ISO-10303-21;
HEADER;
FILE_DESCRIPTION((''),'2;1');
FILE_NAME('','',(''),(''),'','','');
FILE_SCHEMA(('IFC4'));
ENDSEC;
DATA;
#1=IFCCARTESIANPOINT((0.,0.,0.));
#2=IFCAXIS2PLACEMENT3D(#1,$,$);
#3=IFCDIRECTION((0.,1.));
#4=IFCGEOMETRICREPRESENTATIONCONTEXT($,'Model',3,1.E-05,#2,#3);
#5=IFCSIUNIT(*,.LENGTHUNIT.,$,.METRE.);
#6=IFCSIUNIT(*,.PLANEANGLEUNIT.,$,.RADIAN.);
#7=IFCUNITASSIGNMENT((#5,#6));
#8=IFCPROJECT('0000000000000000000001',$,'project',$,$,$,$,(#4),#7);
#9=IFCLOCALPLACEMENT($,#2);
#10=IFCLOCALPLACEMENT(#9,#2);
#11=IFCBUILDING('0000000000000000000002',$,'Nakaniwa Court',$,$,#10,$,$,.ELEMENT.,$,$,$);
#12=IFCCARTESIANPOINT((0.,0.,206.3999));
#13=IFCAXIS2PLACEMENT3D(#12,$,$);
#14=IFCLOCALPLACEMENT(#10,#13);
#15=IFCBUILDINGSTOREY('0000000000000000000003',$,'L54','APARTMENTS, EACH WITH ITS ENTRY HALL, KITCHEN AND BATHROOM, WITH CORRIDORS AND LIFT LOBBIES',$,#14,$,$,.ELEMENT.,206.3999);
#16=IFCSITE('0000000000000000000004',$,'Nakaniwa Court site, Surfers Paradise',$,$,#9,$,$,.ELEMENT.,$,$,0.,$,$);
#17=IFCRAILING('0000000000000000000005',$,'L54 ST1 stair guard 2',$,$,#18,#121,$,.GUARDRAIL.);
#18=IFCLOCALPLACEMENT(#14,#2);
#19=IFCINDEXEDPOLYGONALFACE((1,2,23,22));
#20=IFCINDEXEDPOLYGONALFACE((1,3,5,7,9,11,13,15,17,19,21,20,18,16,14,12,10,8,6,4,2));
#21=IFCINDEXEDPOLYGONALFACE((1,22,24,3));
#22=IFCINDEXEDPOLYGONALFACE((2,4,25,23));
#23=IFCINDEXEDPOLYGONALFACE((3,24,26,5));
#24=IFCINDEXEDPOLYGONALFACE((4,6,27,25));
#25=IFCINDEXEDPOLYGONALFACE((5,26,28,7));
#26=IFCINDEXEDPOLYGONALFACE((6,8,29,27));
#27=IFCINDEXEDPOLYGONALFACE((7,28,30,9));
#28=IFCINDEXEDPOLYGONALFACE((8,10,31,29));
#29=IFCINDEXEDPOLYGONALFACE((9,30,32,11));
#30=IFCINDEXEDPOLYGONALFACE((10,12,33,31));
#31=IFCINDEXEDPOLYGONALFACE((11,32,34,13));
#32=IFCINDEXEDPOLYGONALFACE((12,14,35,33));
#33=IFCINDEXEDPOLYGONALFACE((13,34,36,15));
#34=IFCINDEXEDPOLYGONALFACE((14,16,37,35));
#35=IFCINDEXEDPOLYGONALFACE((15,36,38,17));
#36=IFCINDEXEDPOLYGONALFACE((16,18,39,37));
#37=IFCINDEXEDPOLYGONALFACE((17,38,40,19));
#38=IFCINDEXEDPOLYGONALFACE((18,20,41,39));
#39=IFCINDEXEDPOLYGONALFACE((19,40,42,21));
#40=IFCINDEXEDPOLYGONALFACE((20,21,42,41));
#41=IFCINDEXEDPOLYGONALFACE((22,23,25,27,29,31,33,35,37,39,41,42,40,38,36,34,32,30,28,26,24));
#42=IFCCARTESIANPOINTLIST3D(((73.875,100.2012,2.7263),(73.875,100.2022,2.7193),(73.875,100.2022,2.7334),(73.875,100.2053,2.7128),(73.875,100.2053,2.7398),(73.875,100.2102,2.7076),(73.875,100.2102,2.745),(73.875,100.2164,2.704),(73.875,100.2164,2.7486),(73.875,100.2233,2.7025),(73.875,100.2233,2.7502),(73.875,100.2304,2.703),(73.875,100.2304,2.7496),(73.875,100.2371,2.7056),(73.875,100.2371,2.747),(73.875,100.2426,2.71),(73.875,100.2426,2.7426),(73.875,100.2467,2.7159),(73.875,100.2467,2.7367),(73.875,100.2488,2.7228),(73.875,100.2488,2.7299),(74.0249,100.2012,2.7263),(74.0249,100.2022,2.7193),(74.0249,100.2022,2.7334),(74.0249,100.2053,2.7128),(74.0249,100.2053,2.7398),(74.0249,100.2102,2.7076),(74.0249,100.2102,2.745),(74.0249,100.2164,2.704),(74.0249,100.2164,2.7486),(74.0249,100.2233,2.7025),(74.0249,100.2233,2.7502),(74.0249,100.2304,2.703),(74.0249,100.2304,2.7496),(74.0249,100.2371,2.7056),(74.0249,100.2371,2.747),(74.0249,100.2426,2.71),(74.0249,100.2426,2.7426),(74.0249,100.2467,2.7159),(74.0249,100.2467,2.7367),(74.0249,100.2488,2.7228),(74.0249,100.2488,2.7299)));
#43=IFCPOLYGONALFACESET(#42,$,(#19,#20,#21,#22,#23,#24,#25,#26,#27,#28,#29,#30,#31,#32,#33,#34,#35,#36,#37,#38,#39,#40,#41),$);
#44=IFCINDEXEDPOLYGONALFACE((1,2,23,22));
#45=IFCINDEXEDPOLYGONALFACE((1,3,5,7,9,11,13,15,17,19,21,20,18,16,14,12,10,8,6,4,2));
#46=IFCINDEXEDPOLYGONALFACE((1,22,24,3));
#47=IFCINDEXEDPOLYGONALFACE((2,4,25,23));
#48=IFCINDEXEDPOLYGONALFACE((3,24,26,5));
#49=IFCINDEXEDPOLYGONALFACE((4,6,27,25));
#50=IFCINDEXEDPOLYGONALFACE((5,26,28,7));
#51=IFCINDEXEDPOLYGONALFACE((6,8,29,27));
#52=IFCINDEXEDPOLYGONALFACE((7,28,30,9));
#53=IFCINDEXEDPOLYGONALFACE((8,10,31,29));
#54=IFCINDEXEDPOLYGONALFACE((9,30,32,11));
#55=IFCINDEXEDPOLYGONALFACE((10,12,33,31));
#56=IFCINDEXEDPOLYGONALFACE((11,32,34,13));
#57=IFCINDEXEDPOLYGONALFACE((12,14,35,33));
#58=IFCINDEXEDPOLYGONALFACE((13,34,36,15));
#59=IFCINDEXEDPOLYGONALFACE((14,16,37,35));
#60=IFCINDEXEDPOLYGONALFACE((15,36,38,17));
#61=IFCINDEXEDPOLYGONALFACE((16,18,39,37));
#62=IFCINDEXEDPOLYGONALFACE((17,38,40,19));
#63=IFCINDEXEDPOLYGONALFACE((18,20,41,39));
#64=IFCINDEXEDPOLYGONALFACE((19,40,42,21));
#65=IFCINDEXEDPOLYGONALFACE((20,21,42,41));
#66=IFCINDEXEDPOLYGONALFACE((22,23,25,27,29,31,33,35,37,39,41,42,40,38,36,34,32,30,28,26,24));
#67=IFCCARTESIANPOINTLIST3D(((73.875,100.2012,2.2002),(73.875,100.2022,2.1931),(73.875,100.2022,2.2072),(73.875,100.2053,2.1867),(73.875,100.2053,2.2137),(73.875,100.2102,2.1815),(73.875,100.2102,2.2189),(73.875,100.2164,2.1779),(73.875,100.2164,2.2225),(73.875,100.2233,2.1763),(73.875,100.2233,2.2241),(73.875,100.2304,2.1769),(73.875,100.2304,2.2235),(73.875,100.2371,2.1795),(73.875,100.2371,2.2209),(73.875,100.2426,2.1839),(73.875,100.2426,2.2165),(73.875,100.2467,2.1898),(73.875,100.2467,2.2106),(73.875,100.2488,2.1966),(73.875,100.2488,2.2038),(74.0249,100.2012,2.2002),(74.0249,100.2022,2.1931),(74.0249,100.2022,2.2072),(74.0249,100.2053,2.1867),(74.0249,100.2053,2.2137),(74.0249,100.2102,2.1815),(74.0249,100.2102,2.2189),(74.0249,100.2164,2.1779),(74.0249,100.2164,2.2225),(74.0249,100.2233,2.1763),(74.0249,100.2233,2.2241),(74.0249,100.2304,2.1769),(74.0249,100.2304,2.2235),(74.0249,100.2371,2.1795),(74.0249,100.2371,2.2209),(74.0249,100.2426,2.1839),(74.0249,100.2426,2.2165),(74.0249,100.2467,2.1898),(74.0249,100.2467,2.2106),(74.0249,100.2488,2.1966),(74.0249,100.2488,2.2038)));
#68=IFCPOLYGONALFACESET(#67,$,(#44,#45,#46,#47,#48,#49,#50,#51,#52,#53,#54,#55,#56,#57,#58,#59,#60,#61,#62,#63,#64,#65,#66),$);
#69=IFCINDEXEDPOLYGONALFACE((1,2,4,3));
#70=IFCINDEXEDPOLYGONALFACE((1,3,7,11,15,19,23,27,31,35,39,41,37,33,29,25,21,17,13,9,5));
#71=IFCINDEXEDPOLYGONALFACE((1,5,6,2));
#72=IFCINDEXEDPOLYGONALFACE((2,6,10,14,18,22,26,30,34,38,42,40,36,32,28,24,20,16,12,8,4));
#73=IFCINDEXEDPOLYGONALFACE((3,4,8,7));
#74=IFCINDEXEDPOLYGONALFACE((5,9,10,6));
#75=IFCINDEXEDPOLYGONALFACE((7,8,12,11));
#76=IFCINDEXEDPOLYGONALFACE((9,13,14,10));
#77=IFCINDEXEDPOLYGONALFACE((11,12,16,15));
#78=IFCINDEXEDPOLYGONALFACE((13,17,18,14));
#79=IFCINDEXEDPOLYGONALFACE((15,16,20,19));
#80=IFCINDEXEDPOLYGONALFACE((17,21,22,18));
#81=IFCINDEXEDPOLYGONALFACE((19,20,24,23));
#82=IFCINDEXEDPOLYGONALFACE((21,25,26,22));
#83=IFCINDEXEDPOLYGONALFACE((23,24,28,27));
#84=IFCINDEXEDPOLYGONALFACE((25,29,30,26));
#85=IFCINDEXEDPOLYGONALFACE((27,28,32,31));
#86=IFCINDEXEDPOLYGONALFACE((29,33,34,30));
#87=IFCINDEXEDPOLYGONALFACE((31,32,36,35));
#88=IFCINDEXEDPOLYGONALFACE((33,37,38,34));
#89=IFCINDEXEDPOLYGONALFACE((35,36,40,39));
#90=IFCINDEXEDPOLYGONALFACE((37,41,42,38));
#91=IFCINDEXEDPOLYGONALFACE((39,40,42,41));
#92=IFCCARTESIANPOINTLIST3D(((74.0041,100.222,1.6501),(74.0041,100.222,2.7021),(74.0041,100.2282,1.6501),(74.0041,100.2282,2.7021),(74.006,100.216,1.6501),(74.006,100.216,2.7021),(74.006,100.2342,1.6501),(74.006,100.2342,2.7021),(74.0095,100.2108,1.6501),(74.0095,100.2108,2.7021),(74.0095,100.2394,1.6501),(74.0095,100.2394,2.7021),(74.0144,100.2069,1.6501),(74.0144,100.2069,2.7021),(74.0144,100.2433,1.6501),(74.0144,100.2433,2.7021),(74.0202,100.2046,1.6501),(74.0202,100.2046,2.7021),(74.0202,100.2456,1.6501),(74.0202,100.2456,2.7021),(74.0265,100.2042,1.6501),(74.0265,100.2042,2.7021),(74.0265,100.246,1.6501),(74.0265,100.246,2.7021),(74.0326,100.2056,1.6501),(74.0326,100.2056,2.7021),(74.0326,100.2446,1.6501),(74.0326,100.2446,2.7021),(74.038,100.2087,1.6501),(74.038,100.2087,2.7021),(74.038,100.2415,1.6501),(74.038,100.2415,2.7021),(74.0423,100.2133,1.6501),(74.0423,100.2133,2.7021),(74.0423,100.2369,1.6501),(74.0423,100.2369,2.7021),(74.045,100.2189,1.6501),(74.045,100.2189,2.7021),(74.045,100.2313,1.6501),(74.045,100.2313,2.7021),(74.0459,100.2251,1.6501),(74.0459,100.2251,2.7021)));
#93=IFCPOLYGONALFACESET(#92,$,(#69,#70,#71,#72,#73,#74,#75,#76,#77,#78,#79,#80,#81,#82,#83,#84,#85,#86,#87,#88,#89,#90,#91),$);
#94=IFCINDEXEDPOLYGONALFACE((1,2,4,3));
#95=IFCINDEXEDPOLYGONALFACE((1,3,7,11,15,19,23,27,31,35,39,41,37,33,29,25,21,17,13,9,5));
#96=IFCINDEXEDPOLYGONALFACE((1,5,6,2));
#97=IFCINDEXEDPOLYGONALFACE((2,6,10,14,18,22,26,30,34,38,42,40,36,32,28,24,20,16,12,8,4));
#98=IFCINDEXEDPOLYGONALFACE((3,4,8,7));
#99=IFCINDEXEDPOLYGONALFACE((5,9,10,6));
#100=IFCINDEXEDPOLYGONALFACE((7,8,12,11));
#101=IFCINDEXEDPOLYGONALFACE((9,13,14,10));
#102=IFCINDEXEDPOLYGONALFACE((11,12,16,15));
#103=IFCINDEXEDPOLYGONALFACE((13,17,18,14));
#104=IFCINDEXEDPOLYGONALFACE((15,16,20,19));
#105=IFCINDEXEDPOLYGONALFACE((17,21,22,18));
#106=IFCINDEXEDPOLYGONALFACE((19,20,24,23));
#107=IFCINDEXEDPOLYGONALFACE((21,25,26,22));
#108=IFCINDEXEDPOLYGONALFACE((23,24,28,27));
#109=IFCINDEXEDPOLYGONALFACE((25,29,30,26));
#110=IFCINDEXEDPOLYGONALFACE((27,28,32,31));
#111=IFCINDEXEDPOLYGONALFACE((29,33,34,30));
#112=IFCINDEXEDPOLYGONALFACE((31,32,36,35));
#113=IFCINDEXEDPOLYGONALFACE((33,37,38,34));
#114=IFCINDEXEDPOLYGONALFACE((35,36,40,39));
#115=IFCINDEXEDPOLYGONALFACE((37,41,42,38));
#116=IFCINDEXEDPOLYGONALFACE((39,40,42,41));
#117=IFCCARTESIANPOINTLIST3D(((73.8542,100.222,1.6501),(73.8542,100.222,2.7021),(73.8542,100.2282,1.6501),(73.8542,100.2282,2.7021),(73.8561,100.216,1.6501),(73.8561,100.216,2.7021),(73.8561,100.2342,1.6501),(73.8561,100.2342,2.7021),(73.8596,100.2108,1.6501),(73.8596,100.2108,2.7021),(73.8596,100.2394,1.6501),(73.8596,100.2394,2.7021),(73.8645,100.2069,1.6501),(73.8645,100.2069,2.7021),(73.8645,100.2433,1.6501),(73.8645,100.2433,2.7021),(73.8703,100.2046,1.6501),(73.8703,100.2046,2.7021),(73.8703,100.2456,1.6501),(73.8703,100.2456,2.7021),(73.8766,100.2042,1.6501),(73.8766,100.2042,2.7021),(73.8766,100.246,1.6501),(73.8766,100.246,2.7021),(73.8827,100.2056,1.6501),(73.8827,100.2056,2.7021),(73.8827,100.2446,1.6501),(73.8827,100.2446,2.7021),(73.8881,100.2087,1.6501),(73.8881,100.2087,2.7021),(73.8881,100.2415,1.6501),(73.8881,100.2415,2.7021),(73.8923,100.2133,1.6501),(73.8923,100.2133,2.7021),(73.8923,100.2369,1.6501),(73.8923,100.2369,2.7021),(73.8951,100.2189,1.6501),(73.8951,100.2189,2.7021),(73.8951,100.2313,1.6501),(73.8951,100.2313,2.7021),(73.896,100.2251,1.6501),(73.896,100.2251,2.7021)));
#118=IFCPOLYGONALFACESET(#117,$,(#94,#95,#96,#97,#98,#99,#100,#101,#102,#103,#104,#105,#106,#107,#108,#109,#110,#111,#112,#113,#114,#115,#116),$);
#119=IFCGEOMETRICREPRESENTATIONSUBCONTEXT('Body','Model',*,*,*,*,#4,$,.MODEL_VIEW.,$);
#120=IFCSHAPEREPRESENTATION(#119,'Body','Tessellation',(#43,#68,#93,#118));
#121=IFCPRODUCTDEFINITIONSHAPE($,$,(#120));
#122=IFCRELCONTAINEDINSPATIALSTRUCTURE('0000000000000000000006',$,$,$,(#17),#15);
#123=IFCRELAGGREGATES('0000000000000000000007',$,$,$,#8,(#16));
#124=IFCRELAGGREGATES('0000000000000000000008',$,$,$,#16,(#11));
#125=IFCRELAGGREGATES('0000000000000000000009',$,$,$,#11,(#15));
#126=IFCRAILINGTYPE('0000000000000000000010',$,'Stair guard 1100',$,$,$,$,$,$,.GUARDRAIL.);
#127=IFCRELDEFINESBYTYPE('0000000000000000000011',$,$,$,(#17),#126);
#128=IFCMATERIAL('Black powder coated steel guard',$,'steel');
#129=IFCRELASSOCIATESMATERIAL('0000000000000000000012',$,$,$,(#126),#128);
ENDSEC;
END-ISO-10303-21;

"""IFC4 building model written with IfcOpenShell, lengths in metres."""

from ifc_helpers import new_model, si_unit, direction, frame, origin, origin_2d, place, context, subcontext, project, spatial, circle, extrude, material, type_object, element, save


model = new_model("IFC4")

# Units and contexts
model_context = context("Model", 3, precision=1e-05, world=origin(), true_north=direction((0.0, 1.0)))
body_context = subcontext(model_context, "Body", "Model", "MODEL_VIEW")
ifc_project = project(units=[si_unit("LENGTHUNIT", "METRE"), si_unit("PLANEANGLEUNIT", "RADIAN")], contexts=[model_context])

# Site, building, storey
site_placement = place(None, origin())
site = spatial("IfcSite", under=ifc_project, at=site_placement, Name="Nakaniwa Court site, Surfers Paradise", CompositionType="ELEMENT", RefElevation=0.0)
building_placement = place(site_placement, origin())
building = spatial("IfcBuilding", under=site, at=building_placement, Name="Nakaniwa Court", CompositionType="ELEMENT")
storey_placement = place(building_placement, frame((0.0, 0.0, 206.3999)))
storey = spatial("IfcBuildingStorey", under=building, at=storey_placement, Name="L54", Description="APARTMENTS, EACH WITH ITS ENTRY HALL, KITCHEN AND BATHROOM, WITH CORRIDORS AND LIFT LOBBIES", CompositionType="ELEMENT", Elevation=206.3999)

# Railing
ifc_material_1 = material(Name="Black powder coated steel guard", Category="steel")
railing_type_1 = type_object("IfcRailingType", Name="Stair guard 1100", PredefinedType="GUARDRAIL", material=ifc_material_1)
railing_1_placement = place(storey_placement, frame((74.0249, 100.2251, 1.6501)))
element("IfcRailing", 1, at=railing_1_placement, inside=storey, type_object=railing_type_1, Name="L54 ST1 stair guard 2", PredefinedType="GUARDRAIL", context=body_context, shape_type="SweptSolid", body=[
    extrude(circle(Radius=0.0239, at=origin_2d()), frame((0.0, 0.0, 1.0762), z_axis=(-1.0, 0.0, 0.0), x_axis=(0.0, -1.0, 0.0)), (0.0, 0.0, 1.0), 0.1499),
    extrude(circle(Radius=0.0239, at=origin_2d()), frame((0.0, 0.0, 0.55), z_axis=(-1.0, 0.0, 0.0), x_axis=(0.0, -1.0, 0.0)), (0.0, 0.0, 1.0), 0.1499),
    extrude(circle(Radius=0.021, at=origin_2d()), origin(), (0.0, 0.0, 1.0), 1.052),
    extrude(circle(Radius=0.021, at=origin_2d()), frame((-0.1499, 0.0, 0.0)), (0.0, 0.0, 1.0), 1.052),
])

save(model, "model.ifc")
